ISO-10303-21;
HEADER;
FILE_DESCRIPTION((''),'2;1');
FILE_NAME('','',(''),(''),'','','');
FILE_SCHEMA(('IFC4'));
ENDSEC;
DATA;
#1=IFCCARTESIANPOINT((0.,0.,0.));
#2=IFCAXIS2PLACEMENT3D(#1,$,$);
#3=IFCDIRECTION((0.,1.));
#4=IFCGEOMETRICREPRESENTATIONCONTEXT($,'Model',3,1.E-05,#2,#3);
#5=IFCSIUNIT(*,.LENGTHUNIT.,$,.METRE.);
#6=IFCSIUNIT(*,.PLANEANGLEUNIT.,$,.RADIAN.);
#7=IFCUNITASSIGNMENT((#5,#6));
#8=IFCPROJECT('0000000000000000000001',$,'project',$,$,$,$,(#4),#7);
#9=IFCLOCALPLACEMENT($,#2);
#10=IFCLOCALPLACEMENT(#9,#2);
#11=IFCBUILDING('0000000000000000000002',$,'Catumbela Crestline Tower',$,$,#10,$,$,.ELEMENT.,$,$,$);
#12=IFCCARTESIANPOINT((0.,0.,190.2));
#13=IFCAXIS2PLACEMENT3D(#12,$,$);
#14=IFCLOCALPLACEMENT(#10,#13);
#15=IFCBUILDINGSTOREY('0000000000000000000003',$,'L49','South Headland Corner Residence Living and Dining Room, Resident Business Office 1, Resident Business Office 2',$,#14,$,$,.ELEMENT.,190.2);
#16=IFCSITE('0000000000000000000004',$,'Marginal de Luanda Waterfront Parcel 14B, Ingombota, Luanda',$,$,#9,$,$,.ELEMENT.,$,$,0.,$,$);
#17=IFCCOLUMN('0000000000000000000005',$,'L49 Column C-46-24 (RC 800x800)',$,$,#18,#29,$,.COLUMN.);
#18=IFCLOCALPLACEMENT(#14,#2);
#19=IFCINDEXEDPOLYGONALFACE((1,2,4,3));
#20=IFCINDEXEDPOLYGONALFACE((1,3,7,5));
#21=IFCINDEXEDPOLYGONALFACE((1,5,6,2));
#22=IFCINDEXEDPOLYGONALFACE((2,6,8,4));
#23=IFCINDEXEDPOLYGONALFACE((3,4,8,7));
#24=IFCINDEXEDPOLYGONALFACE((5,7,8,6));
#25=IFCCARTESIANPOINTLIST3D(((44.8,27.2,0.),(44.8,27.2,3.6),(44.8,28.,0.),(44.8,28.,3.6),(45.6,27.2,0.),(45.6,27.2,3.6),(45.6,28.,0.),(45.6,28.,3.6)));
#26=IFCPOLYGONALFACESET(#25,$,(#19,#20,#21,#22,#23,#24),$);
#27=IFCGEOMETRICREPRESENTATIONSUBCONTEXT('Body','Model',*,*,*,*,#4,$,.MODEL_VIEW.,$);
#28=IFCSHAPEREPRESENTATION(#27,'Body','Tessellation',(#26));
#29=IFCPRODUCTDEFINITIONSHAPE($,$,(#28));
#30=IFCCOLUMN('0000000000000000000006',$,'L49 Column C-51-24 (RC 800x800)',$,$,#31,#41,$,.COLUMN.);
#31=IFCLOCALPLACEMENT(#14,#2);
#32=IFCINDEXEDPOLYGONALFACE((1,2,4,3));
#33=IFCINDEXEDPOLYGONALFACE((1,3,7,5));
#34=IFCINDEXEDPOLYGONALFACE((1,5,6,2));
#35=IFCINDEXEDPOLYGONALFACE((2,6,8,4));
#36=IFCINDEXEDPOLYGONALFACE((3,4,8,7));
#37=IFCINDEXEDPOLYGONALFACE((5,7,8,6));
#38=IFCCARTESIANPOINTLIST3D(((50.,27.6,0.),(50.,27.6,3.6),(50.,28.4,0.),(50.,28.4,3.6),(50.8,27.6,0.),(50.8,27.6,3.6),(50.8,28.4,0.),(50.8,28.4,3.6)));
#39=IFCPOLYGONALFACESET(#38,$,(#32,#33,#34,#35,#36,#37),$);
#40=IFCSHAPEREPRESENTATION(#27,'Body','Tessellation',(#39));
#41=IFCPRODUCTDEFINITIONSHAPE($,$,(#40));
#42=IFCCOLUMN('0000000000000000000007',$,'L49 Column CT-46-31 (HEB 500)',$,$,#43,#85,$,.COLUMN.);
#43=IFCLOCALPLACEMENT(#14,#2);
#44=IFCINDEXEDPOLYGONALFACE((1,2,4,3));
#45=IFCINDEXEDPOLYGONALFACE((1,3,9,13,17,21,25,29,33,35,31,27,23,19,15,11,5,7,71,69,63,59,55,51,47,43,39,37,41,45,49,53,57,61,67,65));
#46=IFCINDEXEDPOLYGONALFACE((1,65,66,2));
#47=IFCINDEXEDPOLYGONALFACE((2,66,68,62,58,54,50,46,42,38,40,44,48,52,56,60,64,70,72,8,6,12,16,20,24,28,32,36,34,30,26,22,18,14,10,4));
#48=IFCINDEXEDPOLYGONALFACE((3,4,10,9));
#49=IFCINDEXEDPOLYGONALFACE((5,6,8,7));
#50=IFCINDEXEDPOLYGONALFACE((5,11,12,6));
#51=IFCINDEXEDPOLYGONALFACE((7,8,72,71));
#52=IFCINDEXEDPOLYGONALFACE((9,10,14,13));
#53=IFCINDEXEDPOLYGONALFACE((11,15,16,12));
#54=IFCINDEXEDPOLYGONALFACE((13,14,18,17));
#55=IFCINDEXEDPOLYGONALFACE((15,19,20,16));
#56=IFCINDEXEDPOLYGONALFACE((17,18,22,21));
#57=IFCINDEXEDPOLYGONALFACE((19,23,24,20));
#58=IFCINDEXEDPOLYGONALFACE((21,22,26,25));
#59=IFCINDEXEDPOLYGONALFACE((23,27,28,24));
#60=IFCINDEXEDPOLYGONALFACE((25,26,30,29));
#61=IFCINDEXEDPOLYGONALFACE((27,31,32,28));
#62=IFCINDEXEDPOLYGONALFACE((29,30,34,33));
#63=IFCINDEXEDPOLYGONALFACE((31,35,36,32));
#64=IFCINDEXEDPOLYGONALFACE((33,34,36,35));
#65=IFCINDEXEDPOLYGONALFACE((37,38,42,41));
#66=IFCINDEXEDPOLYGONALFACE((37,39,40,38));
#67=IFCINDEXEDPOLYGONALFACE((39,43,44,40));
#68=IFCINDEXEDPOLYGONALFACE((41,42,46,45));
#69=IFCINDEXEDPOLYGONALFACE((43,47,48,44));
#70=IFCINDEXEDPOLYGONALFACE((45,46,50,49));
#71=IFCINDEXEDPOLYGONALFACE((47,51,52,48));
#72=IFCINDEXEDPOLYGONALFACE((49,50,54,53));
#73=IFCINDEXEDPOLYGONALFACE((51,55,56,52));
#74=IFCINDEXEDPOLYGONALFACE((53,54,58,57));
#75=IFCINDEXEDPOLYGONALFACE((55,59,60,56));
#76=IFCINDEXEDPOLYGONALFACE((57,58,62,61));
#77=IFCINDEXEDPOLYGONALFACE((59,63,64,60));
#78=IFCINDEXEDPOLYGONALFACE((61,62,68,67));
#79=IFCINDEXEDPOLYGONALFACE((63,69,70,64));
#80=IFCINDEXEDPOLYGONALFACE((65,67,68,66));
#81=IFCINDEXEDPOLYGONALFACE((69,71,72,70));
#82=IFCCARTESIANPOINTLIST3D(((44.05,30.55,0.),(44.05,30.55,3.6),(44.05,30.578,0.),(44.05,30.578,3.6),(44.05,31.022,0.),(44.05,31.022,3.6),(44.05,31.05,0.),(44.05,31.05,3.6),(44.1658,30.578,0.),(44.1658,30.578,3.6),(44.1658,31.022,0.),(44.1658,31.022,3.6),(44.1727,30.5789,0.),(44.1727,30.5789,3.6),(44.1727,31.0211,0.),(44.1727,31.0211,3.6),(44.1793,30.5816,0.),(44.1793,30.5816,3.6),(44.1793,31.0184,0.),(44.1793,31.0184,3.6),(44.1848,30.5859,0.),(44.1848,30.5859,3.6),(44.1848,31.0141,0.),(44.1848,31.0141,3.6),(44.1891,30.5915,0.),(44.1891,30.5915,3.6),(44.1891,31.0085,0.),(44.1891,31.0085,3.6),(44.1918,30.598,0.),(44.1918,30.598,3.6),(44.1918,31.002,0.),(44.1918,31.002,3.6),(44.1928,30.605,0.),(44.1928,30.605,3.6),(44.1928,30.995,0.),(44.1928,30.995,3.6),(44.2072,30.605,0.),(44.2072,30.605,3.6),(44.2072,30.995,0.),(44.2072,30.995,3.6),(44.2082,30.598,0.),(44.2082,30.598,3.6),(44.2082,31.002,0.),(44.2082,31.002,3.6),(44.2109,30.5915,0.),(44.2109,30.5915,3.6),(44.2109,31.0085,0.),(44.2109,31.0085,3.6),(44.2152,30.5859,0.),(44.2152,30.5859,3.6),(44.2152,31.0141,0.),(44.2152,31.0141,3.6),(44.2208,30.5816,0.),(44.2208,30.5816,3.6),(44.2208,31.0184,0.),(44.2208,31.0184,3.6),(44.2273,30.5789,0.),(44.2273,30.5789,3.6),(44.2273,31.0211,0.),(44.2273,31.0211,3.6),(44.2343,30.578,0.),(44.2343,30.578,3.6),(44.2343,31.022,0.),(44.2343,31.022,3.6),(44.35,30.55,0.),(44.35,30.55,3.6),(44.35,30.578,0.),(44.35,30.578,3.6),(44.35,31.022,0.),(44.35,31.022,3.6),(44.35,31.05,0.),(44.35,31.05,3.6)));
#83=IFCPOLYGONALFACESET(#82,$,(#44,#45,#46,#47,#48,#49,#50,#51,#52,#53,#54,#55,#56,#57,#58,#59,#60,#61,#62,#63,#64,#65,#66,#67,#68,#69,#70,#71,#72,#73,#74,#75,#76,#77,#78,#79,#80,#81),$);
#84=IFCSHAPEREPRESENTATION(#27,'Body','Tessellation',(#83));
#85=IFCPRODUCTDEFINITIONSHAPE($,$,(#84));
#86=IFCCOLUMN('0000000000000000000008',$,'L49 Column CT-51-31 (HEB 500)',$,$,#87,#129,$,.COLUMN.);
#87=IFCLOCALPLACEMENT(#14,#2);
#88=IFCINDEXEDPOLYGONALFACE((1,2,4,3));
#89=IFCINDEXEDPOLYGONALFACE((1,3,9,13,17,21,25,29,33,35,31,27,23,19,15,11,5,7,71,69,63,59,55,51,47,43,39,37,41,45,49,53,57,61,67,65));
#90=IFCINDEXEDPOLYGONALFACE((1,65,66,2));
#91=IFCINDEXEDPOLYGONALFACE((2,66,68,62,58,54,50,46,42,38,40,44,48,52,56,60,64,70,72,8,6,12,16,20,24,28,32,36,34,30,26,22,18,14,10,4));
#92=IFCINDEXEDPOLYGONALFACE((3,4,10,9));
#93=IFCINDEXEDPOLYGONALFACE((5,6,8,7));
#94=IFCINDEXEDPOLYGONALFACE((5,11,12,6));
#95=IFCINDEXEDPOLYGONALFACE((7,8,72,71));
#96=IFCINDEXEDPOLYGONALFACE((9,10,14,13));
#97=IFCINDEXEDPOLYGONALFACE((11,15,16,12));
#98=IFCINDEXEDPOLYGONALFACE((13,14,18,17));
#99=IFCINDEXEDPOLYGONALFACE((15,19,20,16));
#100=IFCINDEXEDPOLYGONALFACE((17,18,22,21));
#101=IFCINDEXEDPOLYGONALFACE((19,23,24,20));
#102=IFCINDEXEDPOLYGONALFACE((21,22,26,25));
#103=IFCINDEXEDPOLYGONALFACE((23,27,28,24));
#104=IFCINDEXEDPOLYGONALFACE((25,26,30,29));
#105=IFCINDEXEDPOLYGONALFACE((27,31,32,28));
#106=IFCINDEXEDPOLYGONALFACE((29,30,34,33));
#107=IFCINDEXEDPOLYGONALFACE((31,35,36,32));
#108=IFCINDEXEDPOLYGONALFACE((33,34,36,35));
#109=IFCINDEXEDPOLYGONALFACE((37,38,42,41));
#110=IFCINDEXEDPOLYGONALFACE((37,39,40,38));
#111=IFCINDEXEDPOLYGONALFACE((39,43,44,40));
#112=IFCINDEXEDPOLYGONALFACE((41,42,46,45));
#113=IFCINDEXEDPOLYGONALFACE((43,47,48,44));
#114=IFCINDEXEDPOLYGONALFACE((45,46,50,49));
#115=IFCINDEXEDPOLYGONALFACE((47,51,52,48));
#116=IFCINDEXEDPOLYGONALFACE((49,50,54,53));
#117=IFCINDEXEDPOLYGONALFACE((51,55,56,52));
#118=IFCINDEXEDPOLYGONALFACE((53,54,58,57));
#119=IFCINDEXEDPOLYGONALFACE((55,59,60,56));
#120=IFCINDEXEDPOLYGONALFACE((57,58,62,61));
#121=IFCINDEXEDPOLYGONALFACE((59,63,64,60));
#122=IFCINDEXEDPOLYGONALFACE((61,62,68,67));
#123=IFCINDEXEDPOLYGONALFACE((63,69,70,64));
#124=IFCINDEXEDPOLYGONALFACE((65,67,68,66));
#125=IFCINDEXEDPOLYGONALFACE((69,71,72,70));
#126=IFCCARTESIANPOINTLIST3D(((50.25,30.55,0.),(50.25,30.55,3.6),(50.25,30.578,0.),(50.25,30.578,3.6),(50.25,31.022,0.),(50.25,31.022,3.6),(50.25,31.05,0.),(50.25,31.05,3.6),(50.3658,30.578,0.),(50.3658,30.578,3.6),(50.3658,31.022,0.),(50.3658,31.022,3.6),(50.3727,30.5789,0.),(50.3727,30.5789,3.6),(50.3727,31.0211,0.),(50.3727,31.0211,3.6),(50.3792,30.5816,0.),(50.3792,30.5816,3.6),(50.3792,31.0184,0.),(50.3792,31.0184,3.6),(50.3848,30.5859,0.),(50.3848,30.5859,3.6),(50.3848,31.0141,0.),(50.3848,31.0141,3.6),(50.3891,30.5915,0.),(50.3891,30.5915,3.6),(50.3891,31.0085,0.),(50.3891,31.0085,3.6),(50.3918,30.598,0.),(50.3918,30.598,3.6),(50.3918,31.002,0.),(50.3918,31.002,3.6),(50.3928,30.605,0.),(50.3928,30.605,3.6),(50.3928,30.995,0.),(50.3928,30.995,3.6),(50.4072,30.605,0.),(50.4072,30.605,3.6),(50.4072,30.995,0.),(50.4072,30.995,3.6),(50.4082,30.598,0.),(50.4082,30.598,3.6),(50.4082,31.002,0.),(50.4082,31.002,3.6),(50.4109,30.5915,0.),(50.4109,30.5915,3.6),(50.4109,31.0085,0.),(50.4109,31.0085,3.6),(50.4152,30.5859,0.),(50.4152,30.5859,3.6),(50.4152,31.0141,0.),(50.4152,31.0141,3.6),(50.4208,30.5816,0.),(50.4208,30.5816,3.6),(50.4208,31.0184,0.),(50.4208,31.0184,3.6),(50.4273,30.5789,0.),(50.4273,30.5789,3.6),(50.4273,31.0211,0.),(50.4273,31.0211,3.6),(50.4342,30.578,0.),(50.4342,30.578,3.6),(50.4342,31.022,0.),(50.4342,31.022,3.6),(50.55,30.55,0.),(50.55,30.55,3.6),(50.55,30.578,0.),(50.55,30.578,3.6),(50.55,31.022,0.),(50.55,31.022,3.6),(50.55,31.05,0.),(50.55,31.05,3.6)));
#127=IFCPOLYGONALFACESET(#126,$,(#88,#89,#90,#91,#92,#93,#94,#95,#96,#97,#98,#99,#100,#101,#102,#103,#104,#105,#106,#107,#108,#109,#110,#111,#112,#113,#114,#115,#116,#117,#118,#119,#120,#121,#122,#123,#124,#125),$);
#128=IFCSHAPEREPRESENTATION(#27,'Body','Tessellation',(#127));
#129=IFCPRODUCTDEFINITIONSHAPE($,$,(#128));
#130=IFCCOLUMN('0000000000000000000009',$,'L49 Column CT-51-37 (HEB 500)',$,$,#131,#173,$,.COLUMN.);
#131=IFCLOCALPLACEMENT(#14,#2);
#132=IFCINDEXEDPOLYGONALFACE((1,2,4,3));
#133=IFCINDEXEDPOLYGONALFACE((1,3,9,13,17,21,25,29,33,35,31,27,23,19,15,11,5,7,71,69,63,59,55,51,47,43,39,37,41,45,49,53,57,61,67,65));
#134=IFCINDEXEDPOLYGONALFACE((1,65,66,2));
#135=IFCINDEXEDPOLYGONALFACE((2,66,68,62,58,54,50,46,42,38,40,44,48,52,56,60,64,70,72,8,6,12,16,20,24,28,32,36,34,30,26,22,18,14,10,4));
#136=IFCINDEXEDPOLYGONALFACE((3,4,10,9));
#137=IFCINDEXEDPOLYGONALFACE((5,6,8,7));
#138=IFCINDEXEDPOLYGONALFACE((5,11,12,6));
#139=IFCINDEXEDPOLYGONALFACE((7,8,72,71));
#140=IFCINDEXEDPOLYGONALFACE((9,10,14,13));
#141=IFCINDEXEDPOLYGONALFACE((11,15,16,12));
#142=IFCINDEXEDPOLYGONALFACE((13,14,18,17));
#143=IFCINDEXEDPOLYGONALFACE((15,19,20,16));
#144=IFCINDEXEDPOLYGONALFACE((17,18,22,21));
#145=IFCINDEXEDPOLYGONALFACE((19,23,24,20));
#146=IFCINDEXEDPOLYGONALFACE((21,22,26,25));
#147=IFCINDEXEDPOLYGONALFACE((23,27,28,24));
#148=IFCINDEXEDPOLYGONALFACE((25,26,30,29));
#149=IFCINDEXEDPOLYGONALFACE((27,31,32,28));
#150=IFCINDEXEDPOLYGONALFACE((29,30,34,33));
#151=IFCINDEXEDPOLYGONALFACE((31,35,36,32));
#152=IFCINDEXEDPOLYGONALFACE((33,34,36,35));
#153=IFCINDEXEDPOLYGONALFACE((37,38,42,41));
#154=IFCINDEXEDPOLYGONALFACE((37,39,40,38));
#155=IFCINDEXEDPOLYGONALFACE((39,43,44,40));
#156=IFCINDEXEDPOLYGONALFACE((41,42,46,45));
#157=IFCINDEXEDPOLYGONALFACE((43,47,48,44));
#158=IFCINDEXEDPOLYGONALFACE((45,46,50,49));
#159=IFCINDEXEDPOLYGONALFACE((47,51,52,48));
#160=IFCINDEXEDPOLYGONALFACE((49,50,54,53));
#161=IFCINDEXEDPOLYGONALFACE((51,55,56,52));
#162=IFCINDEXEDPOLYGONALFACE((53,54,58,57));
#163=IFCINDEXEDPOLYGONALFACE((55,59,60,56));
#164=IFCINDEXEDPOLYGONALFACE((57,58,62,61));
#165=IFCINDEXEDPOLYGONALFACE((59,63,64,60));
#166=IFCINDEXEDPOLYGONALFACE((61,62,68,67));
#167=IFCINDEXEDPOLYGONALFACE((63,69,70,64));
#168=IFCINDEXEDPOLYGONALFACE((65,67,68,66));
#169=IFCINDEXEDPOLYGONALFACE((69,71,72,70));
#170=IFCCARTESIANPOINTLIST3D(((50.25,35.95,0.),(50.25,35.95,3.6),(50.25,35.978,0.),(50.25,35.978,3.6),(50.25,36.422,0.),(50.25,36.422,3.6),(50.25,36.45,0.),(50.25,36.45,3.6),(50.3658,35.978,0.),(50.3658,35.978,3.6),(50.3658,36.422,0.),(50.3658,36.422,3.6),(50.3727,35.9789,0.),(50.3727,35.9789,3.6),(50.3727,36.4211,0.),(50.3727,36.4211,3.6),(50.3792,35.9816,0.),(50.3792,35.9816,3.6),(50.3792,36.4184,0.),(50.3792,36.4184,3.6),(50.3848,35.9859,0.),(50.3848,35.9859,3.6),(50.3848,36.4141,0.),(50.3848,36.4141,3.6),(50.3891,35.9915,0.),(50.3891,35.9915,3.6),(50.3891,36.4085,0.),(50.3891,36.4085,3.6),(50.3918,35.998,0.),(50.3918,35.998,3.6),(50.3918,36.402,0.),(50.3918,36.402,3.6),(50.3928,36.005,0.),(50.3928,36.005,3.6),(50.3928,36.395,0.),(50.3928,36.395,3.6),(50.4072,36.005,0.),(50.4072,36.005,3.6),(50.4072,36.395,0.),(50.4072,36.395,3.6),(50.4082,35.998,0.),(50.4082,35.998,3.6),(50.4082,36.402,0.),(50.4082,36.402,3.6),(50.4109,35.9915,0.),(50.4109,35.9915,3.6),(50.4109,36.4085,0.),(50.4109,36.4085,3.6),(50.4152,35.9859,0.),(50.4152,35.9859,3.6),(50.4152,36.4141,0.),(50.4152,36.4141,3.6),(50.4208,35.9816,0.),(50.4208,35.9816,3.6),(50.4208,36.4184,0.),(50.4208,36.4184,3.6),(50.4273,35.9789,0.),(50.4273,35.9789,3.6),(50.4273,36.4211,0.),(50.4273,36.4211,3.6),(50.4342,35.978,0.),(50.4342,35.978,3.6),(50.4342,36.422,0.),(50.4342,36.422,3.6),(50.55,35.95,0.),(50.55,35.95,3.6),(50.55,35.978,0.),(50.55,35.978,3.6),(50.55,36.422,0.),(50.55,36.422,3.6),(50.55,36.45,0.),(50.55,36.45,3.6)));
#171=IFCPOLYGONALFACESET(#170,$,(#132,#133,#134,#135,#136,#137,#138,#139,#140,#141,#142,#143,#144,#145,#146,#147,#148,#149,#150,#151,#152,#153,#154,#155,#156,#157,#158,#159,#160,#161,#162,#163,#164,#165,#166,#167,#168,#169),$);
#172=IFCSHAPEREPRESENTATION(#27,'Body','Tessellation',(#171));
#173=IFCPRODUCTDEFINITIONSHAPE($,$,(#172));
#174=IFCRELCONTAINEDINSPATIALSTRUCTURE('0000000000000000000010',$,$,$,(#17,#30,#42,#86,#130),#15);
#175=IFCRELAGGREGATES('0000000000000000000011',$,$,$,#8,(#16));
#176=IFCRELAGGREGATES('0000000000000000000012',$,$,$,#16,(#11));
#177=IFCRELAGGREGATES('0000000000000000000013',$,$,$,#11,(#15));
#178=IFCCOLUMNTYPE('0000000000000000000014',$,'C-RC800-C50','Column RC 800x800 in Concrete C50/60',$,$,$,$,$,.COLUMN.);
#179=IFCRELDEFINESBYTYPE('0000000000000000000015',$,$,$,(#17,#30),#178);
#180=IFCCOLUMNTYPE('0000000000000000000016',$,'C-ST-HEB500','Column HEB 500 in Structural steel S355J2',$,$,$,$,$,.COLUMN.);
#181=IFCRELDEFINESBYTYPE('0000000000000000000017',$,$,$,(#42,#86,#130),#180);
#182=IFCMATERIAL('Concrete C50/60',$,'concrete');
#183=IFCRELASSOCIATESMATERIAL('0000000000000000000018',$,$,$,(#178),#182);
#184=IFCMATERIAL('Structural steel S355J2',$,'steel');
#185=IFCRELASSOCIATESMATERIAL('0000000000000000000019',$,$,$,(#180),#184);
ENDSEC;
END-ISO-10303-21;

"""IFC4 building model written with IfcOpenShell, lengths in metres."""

from ifc_helpers import new_model, si_unit, direction, frame, origin, origin_2d, place, context, subcontext, project, spatial, rectangle, i_section, extrude, material, material_profile, profile_set, type_object, element, save


model = new_model("IFC4")

# Units and contexts
model_context = context("Model", 3, precision=1e-05, world=origin(), true_north=direction((0.0, 1.0)))
body_context = subcontext(model_context, "Body", "Model", "MODEL_VIEW")
ifc_project = project(units=[si_unit("LENGTHUNIT", "METRE"), si_unit("PLANEANGLEUNIT", "RADIAN")], contexts=[model_context])

# Site, building, storey
site_placement = place(None, origin())
site = spatial("IfcSite", under=ifc_project, at=site_placement, Name="Marginal de Luanda Waterfront Parcel 14B, Ingombota, Luanda", CompositionType="ELEMENT", RefElevation=0.0)
building_placement = place(site_placement, origin())
building = spatial("IfcBuilding", under=site, at=building_placement, Name="Catumbela Crestline Tower", CompositionType="ELEMENT")
storey_placement = place(building_placement, frame((0.0, 0.0, 190.2)))
storey = spatial("IfcBuildingStorey", under=building, at=storey_placement, Name="L49", Description="South Headland Corner Residence Living and Dining Room, Resident Business Office 1, Resident Business Office 2", CompositionType="ELEMENT", Elevation=190.2)

# Columns
ifc_material_1 = material(Name="Concrete C50/60", Category="concrete")
ifc_material_profile_1 = material_profile(ifc_material_1, rectangle(XDim=0.8, YDim=0.8, at=origin_2d()), Name="RC 800x800")
ifc_profile_set_1 = profile_set([ifc_material_profile_1], Name="Concrete C50/60")
column_type_1 = type_object("IfcColumnType", Name="C-RC800-C50", Description="Column RC 800x800 in Concrete C50/60", PredefinedType="COLUMN", material=ifc_profile_set_1)
for number, where, z_axis, x_axis, name in (
    (1, (45.2, 27.6, 0.0), (0.0, 0.0, 1.0), (1.0, 0.0, 0.0), "L49 Column C-46-24 (RC 800x800)"),
    (2, (50.4, 28.0, 0.0), (0.0, 0.0, 1.0), (1.0, 0.0, 0.0), "L49 Column C-51-24 (RC 800x800)"),
):
    element("IfcColumn", number, at=place(storey_placement, frame(where, z_axis=z_axis, x_axis=x_axis)), inside=storey, type_object=column_type_1, Name=name, PredefinedType="COLUMN", context=body_context, shape_type="SweptSolid", body=[
        extrude(rectangle(XDim=0.8, YDim=0.8, at=origin_2d()), origin(), (0.0, 0.0, 1.0), 3.6),
    ])
ifc_material_2 = material(Name="Structural steel S355J2", Category="steel")
ifc_material_profile_2 = material_profile(ifc_material_2, i_section(OverallWidth=0.3, OverallDepth=0.5, WebThickness=0.0145, FlangeThickness=0.028, FilletRadius=0.027, at=origin_2d()), Name="HEB 500")
ifc_profile_set_2 = profile_set([ifc_material_profile_2], Name="Structural steel S355J2")
column_type_2 = type_object("IfcColumnType", Name="C-ST-HEB500", Description="Column HEB 500 in Structural steel S355J2", PredefinedType="COLUMN", material=ifc_profile_set_2)
for number, where, z_axis, x_axis, name in (
    (3, (44.2, 30.8, 0.0), (0.0, 0.0, 1.0), (1.0, 0.0, 0.0), "L49 Column CT-46-31 (HEB 500)"),
    (4, (50.4, 30.8, 0.0), (0.0, 0.0, 1.0), (1.0, 0.0, 0.0), "L49 Column CT-51-31 (HEB 500)"),
    (5, (50.4, 36.2, 0.0), (0.0, 0.0, 1.0), (1.0, 0.0, 0.0), "L49 Column CT-51-37 (HEB 500)"),
):
    element("IfcColumn", number, at=place(storey_placement, frame(where, z_axis=z_axis, x_axis=x_axis)), inside=storey, type_object=column_type_2, Name=name, PredefinedType="COLUMN", context=body_context, shape_type="SweptSolid", body=[
        extrude(i_section(OverallWidth=0.3, OverallDepth=0.5, WebThickness=0.0145, FlangeThickness=0.028, FilletRadius=0.027, at=origin_2d()), origin(), (0.0, 0.0, 1.0), 3.6),
    ])

save(model, "model.ifc")
